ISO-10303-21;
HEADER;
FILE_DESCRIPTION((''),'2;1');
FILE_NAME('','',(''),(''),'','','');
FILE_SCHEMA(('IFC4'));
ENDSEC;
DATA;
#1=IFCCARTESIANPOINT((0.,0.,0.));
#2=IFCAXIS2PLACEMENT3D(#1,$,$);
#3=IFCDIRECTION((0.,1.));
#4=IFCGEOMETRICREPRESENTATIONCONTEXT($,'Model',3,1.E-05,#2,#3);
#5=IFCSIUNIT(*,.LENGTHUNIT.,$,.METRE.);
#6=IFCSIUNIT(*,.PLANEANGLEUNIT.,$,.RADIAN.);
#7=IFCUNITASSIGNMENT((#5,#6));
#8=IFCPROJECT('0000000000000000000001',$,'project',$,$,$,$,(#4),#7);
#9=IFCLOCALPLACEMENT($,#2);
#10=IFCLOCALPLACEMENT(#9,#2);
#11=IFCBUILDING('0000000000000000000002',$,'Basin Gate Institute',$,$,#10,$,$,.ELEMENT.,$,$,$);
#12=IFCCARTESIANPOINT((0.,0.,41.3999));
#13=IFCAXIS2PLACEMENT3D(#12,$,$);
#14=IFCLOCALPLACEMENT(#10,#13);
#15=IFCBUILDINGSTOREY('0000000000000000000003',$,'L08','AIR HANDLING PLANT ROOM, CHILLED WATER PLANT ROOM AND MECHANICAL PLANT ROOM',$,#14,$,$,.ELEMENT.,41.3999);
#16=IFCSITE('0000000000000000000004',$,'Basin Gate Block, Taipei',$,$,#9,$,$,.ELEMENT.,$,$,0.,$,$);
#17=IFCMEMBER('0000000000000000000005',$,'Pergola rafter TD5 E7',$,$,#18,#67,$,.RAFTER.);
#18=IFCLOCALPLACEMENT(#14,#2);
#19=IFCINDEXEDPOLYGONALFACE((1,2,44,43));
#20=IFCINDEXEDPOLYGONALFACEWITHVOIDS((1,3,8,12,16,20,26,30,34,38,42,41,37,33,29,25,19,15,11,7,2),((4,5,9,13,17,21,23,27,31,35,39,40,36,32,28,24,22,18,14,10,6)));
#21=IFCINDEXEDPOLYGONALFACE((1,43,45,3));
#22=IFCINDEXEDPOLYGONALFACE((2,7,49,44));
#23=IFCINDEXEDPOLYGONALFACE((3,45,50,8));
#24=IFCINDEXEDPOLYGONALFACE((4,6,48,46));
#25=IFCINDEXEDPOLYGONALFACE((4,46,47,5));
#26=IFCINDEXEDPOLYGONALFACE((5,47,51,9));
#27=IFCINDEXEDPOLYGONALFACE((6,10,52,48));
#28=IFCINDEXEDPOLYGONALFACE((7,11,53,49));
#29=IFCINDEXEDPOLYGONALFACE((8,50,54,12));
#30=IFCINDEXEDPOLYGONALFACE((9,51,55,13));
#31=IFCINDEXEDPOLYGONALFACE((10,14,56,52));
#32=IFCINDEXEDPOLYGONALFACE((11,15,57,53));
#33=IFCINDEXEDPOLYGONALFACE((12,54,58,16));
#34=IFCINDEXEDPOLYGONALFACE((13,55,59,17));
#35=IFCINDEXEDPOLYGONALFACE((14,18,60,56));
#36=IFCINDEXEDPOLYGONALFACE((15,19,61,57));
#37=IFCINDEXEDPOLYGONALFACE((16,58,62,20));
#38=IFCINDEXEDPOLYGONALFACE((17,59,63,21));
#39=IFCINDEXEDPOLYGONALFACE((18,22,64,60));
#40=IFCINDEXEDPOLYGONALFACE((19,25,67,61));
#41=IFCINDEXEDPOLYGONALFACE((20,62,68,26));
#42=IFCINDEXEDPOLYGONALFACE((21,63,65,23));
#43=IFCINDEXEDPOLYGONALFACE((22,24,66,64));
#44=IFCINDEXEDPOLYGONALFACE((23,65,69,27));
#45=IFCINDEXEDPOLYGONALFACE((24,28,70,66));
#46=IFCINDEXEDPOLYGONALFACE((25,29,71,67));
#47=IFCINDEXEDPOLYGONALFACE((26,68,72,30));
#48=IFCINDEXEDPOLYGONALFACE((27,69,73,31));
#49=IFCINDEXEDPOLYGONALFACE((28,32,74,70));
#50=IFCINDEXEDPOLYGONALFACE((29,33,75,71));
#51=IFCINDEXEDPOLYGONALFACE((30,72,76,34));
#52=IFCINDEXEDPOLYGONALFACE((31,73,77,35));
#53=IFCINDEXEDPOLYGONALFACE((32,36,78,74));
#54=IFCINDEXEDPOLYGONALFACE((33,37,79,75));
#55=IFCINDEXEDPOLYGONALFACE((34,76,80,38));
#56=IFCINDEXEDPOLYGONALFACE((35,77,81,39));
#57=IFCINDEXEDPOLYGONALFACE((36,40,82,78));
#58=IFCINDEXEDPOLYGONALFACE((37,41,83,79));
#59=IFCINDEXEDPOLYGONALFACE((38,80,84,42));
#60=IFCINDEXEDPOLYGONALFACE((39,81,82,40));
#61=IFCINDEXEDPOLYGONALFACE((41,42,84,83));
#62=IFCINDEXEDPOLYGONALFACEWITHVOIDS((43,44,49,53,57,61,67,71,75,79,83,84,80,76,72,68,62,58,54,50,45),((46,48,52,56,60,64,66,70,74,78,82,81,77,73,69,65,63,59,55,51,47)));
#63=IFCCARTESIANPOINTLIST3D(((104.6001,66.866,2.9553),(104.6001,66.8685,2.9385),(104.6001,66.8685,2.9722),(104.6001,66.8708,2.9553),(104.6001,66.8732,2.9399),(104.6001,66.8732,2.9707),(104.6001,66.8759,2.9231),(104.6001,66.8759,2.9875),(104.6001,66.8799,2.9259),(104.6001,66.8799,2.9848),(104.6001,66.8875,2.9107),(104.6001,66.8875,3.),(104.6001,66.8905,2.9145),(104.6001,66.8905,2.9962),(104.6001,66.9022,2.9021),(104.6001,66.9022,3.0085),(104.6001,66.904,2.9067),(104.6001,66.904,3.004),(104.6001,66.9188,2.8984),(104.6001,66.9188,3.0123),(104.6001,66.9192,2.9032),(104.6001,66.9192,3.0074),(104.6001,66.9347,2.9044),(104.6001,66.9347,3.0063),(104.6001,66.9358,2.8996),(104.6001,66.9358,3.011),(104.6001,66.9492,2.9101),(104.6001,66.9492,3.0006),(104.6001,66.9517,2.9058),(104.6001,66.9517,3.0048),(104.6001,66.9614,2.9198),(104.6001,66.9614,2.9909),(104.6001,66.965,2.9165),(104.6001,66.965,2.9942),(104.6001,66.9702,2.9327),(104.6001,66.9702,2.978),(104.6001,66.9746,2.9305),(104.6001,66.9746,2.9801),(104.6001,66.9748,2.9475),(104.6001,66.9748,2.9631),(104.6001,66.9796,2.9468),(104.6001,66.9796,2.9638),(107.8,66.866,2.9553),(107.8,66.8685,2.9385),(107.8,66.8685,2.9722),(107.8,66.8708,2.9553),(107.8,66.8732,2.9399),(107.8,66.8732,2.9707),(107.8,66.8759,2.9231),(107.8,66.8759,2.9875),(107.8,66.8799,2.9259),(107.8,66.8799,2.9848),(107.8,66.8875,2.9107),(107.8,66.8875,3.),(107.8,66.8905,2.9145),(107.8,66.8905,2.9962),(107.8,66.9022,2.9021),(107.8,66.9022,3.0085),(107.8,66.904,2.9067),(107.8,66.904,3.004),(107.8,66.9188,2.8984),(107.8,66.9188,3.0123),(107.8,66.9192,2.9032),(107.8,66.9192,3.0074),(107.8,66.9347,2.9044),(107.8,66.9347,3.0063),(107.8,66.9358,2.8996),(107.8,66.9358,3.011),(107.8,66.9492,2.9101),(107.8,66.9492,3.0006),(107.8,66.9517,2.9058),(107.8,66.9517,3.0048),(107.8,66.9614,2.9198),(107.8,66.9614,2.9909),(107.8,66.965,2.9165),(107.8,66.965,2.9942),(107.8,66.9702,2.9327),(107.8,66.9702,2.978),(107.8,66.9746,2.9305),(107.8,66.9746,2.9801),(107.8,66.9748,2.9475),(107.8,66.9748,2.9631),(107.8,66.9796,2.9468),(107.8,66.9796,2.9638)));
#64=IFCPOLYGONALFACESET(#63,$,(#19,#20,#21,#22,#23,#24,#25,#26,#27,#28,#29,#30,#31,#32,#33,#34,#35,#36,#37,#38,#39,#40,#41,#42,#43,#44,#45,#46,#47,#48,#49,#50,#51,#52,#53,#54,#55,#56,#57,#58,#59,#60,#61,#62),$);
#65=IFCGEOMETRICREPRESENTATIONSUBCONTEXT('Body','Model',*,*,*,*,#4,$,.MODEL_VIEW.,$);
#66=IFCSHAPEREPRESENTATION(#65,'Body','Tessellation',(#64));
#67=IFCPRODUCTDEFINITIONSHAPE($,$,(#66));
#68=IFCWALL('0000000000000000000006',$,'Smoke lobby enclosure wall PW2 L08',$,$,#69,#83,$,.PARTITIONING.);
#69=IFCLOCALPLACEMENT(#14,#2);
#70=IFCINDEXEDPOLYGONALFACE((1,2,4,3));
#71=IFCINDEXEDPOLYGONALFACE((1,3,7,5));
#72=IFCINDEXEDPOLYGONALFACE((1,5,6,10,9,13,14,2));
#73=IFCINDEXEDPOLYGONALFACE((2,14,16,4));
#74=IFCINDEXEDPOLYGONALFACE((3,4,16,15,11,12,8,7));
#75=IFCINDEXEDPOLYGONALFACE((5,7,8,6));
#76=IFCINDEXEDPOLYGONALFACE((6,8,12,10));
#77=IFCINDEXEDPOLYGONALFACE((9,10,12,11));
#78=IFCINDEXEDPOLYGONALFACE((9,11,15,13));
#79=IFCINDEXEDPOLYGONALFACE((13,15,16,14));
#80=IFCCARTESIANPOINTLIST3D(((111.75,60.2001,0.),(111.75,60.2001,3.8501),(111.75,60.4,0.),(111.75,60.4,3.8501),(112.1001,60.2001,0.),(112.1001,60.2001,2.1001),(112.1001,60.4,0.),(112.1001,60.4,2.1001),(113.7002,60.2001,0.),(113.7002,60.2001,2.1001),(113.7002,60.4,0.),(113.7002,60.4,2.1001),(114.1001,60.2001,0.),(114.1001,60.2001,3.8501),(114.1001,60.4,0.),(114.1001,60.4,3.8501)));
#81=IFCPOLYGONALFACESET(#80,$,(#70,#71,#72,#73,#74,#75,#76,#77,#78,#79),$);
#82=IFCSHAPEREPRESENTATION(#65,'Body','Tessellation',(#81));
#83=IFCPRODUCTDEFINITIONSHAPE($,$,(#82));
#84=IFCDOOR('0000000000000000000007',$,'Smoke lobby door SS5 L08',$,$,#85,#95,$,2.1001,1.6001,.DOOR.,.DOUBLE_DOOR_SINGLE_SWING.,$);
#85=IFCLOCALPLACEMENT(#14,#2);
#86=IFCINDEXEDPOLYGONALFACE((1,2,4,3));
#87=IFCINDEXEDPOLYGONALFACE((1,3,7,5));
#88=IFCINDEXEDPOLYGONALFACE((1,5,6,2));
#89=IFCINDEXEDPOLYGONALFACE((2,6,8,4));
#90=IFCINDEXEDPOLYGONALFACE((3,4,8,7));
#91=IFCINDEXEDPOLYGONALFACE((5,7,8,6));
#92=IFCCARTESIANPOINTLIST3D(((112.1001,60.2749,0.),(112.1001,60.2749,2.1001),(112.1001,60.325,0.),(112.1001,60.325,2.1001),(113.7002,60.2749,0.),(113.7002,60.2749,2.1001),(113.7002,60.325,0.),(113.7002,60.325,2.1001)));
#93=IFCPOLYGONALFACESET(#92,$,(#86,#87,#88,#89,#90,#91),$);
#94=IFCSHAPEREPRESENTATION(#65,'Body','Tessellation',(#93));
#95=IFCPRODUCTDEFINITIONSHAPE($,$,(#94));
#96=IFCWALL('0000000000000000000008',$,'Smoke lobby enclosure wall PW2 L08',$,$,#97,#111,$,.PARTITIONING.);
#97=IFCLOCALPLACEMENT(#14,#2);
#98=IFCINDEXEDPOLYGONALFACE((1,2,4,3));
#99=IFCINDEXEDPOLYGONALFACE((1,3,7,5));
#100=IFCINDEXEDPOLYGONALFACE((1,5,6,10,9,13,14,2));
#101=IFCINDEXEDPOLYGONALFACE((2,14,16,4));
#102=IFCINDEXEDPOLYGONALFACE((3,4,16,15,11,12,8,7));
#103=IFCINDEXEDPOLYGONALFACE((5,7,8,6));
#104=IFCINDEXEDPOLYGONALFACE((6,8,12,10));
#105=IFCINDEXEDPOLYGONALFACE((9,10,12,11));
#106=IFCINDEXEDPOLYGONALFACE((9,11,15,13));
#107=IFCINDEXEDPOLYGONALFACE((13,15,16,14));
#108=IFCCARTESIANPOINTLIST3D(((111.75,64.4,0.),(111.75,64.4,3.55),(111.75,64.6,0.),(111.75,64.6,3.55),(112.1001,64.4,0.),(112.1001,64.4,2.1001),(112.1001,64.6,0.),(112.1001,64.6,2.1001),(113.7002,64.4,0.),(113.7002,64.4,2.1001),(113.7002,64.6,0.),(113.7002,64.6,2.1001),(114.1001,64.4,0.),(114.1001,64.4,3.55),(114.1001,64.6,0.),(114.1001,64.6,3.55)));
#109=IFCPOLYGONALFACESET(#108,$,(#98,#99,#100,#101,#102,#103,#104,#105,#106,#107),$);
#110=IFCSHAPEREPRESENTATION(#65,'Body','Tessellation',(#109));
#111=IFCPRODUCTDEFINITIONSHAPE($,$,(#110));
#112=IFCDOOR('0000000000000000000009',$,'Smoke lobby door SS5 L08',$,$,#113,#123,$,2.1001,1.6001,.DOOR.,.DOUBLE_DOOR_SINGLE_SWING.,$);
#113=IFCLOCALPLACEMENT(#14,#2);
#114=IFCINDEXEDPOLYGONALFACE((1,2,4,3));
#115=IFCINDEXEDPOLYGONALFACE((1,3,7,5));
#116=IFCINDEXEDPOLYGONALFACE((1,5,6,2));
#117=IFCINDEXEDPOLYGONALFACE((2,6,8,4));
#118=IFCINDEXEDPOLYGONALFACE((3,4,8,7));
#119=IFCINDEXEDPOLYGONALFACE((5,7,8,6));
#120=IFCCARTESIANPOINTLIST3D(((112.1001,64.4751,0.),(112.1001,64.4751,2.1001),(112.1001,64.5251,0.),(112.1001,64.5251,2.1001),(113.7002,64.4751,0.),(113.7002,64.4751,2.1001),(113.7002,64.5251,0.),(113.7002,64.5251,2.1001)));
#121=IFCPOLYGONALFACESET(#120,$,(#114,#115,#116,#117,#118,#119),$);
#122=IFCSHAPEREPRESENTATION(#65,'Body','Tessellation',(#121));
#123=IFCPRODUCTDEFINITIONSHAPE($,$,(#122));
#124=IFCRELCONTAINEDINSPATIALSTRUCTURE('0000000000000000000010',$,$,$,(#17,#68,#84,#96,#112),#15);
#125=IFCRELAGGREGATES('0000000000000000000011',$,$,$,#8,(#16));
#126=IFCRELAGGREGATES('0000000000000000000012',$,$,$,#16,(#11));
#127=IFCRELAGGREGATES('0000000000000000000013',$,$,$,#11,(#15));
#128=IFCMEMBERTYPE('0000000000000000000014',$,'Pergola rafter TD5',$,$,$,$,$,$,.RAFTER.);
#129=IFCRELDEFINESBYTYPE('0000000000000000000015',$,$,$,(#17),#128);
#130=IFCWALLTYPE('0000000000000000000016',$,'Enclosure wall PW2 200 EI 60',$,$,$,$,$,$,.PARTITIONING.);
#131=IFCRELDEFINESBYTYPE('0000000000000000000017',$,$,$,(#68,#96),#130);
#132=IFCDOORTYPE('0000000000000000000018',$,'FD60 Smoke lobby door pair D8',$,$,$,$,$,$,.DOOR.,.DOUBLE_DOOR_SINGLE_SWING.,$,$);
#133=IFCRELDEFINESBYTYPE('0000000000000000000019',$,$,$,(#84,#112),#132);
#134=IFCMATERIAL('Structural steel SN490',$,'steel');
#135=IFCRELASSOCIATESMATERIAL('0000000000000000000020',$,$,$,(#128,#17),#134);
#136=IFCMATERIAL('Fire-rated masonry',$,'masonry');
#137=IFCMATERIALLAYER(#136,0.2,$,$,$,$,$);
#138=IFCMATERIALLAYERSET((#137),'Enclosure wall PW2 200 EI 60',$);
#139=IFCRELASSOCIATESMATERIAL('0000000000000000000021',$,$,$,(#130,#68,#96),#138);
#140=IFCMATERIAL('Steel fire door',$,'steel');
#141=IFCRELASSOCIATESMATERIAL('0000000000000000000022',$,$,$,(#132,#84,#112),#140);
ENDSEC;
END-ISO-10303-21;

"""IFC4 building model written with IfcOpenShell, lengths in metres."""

from ifc_helpers import new_model, si_unit, direction, frame, frame_2d, origin, origin_2d, place, context, subcontext, project, spatial, rectangle, hollow_circle, extrude, material, layer, layer_set, material_profile, profile_set, type_object, element, fill, save


model = new_model("IFC4")

# Units and contexts
model_context = context("Model", 3, precision=1e-05, world=origin(), true_north=direction((0.0, 1.0)))
body_context = subcontext(model_context, "Body", "Model", "MODEL_VIEW")
ifc_project = project(units=[si_unit("LENGTHUNIT", "METRE"), si_unit("PLANEANGLEUNIT", "RADIAN")], contexts=[model_context])

# Site, building, storey
site_placement = place(None, origin())
site = spatial("IfcSite", under=ifc_project, at=site_placement, Name="Basin Gate Block, Taipei", CompositionType="ELEMENT", RefElevation=0.0)
building_placement = place(site_placement, origin())
building = spatial("IfcBuilding", under=site, at=building_placement, Name="Basin Gate Institute", CompositionType="ELEMENT")
storey_placement = place(building_placement, frame((0.0, 0.0, 41.3999)))
storey = spatial("IfcBuildingStorey", under=building, at=storey_placement, Name="L08", Description="AIR HANDLING PLANT ROOM, CHILLED WATER PLANT ROOM AND MECHANICAL PLANT ROOM", CompositionType="ELEMENT", Elevation=41.3999)

# Member
ifc_material_1 = material(Name="Structural steel SN490", Category="steel")
ifc_material_profile_1 = material_profile(ifc_material_1, hollow_circle(Radius=0.0571, WallThickness=0.0049, at=origin_2d()), Name="CHS114x5")
ifc_profile_set_1 = profile_set([ifc_material_profile_1], Name="Structural steel SN490")
member_type = type_object("IfcMemberType", Name="Pergola rafter TD5", PredefinedType="RAFTER", material=ifc_profile_set_1)
for number, where, z_axis, x_axis, name in (
    (1, (107.8, 66.9231, 2.9553), (-1.0, 0.0, 0.0), (0.0, -1.0, 0.0), "Pergola rafter TD5 E7"),
):
    element("IfcMember", number, at=place(storey_placement, frame(where, z_axis=z_axis, x_axis=x_axis)), inside=storey, type_object=member_type, material=ifc_profile_set_1, Name=name, PredefinedType="RAFTER", context=body_context, shape_type="SweptSolid", body=[
        extrude(hollow_circle(Radius=0.0571, WallThickness=0.0049, at=origin_2d()), origin(), (0.0, 0.0, 1.0), 3.2),
    ])

# Walls, openings, doors
ifc_material_2 = material(Name="Fire-rated masonry", Category="masonry")
ifc_layer_1 = layer(ifc_material_2, 0.2)
ifc_layer_set_1 = layer_set([ifc_layer_1], Name="Enclosure wall PW2 200 EI 60")
wall_type_1 = type_object("IfcWallType", Name="Enclosure wall PW2 200 EI 60", PredefinedType="PARTITIONING", material=ifc_layer_set_1)
wall_1_placement = place(storey_placement, frame((114.1001, 60.3, 0.0), z_axis=(0.0, 0.0, 1.0), x_axis=(-1.0, 0.0, 0.0)))
wall_1 = element("IfcWall", 2, at=wall_1_placement, inside=storey, type_object=wall_type_1, material=ifc_layer_set_1, Name="Smoke lobby enclosure wall PW2 L08", PredefinedType="PARTITIONING", context=body_context, shape_type="SweptSolid", body=[
    extrude(rectangle(XDim=2.3501, YDim=0.2, at=frame_2d((1.175, 0.0))), origin(), (0.0, 0.0, 1.0), 3.8501),
])
opening_1_placement = place(wall_1_placement, frame((0.3999, 0.0, 0.0)))
opening_1 = element("IfcOpeningElement", 3, at=opening_1_placement, cuts=wall_1, PredefinedType="OPENING", context=body_context, shape_type="SweptSolid", body=[
    extrude(rectangle(XDim=1.6001, YDim=2.1001, at=frame_2d((0.8, 1.05))), frame((0.0, 0.1099, 0.0), z_axis=(0.0, -1.0, 0.0), x_axis=(1.0, 0.0, 0.0)), (0.0, 0.0, 1.0), 0.22),
])
ifc_material_3 = material(Name="Steel fire door", Category="steel")
door_type_1 = type_object("IfcDoorType", Name="FD60 Smoke lobby door pair D8", OperationType="DOUBLE_DOOR_SINGLE_SWING", PredefinedType="DOOR", material=ifc_material_3)
door_1_placement = place(opening_1_placement, frame((1.6001, 0.0, 0.0), z_axis=(0.0, 0.0, 1.0), x_axis=(-1.0, 0.0, 0.0)))
door_1 = element("IfcDoor", 4, at=door_1_placement, inside=storey, type_object=door_type_1, material=ifc_material_3, Name="Smoke lobby door SS5 L08", OperationType="DOUBLE_DOOR_SINGLE_SWING", OverallHeight=2.1001, OverallWidth=1.6001, PredefinedType="DOOR", context=body_context, shape_type="SweptSolid", body=[
    extrude(rectangle(XDim=1.6001, YDim=2.1001, at=frame_2d((0.8, 1.05))), frame((0.0, 0.0249, 0.0), z_axis=(0.0, -1.0, 0.0), x_axis=(1.0, 0.0, 0.0)), (0.0, 0.0, 1.0), 0.05),
])
fill(opening_1, door_1)
wall_2_placement = place(storey_placement, frame((114.1001, 64.5, 0.0), z_axis=(0.0, 0.0, 1.0), x_axis=(-1.0, 0.0, 0.0)))
wall_2 = element("IfcWall", 5, at=wall_2_placement, inside=storey, type_object=wall_type_1, material=ifc_layer_set_1, Name="Smoke lobby enclosure wall PW2 L08", PredefinedType="PARTITIONING", context=body_context, shape_type="SweptSolid", body=[
    extrude(rectangle(XDim=2.3501, YDim=0.2, at=frame_2d((1.175, 0.0))), origin(), (0.0, 0.0, 1.0), 3.55),
])
opening_2_placement = place(wall_2_placement, frame((0.3999, 0.0, 0.0)))
opening_2 = element("IfcOpeningElement", 6, at=opening_2_placement, cuts=wall_2, PredefinedType="OPENING", context=body_context, shape_type="SweptSolid", body=[
    extrude(rectangle(XDim=1.6001, YDim=2.1001, at=frame_2d((0.8, 1.05))), frame((0.0, 0.1099, 0.0), z_axis=(0.0, -1.0, 0.0), x_axis=(1.0, 0.0, 0.0)), (0.0, 0.0, 1.0), 0.22),
])
door_2_placement = place(opening_2_placement, origin())
door_2 = element("IfcDoor", 7, at=door_2_placement, inside=storey, type_object=door_type_1, material=ifc_material_3, Name="Smoke lobby door SS5 L08", OperationType="DOUBLE_DOOR_SINGLE_SWING", OverallHeight=2.1001, OverallWidth=1.6001, PredefinedType="DOOR", context=body_context, shape_type="SweptSolid", body=[
    extrude(rectangle(XDim=1.6001, YDim=2.1001, at=frame_2d((0.8, 1.05))), frame((0.0, 0.0249, 0.0), z_axis=(0.0, -1.0, 0.0), x_axis=(1.0, 0.0, 0.0)), (0.0, 0.0, 1.0), 0.05),
])
fill(opening_2, door_2)

save(model, "model.ifc")
